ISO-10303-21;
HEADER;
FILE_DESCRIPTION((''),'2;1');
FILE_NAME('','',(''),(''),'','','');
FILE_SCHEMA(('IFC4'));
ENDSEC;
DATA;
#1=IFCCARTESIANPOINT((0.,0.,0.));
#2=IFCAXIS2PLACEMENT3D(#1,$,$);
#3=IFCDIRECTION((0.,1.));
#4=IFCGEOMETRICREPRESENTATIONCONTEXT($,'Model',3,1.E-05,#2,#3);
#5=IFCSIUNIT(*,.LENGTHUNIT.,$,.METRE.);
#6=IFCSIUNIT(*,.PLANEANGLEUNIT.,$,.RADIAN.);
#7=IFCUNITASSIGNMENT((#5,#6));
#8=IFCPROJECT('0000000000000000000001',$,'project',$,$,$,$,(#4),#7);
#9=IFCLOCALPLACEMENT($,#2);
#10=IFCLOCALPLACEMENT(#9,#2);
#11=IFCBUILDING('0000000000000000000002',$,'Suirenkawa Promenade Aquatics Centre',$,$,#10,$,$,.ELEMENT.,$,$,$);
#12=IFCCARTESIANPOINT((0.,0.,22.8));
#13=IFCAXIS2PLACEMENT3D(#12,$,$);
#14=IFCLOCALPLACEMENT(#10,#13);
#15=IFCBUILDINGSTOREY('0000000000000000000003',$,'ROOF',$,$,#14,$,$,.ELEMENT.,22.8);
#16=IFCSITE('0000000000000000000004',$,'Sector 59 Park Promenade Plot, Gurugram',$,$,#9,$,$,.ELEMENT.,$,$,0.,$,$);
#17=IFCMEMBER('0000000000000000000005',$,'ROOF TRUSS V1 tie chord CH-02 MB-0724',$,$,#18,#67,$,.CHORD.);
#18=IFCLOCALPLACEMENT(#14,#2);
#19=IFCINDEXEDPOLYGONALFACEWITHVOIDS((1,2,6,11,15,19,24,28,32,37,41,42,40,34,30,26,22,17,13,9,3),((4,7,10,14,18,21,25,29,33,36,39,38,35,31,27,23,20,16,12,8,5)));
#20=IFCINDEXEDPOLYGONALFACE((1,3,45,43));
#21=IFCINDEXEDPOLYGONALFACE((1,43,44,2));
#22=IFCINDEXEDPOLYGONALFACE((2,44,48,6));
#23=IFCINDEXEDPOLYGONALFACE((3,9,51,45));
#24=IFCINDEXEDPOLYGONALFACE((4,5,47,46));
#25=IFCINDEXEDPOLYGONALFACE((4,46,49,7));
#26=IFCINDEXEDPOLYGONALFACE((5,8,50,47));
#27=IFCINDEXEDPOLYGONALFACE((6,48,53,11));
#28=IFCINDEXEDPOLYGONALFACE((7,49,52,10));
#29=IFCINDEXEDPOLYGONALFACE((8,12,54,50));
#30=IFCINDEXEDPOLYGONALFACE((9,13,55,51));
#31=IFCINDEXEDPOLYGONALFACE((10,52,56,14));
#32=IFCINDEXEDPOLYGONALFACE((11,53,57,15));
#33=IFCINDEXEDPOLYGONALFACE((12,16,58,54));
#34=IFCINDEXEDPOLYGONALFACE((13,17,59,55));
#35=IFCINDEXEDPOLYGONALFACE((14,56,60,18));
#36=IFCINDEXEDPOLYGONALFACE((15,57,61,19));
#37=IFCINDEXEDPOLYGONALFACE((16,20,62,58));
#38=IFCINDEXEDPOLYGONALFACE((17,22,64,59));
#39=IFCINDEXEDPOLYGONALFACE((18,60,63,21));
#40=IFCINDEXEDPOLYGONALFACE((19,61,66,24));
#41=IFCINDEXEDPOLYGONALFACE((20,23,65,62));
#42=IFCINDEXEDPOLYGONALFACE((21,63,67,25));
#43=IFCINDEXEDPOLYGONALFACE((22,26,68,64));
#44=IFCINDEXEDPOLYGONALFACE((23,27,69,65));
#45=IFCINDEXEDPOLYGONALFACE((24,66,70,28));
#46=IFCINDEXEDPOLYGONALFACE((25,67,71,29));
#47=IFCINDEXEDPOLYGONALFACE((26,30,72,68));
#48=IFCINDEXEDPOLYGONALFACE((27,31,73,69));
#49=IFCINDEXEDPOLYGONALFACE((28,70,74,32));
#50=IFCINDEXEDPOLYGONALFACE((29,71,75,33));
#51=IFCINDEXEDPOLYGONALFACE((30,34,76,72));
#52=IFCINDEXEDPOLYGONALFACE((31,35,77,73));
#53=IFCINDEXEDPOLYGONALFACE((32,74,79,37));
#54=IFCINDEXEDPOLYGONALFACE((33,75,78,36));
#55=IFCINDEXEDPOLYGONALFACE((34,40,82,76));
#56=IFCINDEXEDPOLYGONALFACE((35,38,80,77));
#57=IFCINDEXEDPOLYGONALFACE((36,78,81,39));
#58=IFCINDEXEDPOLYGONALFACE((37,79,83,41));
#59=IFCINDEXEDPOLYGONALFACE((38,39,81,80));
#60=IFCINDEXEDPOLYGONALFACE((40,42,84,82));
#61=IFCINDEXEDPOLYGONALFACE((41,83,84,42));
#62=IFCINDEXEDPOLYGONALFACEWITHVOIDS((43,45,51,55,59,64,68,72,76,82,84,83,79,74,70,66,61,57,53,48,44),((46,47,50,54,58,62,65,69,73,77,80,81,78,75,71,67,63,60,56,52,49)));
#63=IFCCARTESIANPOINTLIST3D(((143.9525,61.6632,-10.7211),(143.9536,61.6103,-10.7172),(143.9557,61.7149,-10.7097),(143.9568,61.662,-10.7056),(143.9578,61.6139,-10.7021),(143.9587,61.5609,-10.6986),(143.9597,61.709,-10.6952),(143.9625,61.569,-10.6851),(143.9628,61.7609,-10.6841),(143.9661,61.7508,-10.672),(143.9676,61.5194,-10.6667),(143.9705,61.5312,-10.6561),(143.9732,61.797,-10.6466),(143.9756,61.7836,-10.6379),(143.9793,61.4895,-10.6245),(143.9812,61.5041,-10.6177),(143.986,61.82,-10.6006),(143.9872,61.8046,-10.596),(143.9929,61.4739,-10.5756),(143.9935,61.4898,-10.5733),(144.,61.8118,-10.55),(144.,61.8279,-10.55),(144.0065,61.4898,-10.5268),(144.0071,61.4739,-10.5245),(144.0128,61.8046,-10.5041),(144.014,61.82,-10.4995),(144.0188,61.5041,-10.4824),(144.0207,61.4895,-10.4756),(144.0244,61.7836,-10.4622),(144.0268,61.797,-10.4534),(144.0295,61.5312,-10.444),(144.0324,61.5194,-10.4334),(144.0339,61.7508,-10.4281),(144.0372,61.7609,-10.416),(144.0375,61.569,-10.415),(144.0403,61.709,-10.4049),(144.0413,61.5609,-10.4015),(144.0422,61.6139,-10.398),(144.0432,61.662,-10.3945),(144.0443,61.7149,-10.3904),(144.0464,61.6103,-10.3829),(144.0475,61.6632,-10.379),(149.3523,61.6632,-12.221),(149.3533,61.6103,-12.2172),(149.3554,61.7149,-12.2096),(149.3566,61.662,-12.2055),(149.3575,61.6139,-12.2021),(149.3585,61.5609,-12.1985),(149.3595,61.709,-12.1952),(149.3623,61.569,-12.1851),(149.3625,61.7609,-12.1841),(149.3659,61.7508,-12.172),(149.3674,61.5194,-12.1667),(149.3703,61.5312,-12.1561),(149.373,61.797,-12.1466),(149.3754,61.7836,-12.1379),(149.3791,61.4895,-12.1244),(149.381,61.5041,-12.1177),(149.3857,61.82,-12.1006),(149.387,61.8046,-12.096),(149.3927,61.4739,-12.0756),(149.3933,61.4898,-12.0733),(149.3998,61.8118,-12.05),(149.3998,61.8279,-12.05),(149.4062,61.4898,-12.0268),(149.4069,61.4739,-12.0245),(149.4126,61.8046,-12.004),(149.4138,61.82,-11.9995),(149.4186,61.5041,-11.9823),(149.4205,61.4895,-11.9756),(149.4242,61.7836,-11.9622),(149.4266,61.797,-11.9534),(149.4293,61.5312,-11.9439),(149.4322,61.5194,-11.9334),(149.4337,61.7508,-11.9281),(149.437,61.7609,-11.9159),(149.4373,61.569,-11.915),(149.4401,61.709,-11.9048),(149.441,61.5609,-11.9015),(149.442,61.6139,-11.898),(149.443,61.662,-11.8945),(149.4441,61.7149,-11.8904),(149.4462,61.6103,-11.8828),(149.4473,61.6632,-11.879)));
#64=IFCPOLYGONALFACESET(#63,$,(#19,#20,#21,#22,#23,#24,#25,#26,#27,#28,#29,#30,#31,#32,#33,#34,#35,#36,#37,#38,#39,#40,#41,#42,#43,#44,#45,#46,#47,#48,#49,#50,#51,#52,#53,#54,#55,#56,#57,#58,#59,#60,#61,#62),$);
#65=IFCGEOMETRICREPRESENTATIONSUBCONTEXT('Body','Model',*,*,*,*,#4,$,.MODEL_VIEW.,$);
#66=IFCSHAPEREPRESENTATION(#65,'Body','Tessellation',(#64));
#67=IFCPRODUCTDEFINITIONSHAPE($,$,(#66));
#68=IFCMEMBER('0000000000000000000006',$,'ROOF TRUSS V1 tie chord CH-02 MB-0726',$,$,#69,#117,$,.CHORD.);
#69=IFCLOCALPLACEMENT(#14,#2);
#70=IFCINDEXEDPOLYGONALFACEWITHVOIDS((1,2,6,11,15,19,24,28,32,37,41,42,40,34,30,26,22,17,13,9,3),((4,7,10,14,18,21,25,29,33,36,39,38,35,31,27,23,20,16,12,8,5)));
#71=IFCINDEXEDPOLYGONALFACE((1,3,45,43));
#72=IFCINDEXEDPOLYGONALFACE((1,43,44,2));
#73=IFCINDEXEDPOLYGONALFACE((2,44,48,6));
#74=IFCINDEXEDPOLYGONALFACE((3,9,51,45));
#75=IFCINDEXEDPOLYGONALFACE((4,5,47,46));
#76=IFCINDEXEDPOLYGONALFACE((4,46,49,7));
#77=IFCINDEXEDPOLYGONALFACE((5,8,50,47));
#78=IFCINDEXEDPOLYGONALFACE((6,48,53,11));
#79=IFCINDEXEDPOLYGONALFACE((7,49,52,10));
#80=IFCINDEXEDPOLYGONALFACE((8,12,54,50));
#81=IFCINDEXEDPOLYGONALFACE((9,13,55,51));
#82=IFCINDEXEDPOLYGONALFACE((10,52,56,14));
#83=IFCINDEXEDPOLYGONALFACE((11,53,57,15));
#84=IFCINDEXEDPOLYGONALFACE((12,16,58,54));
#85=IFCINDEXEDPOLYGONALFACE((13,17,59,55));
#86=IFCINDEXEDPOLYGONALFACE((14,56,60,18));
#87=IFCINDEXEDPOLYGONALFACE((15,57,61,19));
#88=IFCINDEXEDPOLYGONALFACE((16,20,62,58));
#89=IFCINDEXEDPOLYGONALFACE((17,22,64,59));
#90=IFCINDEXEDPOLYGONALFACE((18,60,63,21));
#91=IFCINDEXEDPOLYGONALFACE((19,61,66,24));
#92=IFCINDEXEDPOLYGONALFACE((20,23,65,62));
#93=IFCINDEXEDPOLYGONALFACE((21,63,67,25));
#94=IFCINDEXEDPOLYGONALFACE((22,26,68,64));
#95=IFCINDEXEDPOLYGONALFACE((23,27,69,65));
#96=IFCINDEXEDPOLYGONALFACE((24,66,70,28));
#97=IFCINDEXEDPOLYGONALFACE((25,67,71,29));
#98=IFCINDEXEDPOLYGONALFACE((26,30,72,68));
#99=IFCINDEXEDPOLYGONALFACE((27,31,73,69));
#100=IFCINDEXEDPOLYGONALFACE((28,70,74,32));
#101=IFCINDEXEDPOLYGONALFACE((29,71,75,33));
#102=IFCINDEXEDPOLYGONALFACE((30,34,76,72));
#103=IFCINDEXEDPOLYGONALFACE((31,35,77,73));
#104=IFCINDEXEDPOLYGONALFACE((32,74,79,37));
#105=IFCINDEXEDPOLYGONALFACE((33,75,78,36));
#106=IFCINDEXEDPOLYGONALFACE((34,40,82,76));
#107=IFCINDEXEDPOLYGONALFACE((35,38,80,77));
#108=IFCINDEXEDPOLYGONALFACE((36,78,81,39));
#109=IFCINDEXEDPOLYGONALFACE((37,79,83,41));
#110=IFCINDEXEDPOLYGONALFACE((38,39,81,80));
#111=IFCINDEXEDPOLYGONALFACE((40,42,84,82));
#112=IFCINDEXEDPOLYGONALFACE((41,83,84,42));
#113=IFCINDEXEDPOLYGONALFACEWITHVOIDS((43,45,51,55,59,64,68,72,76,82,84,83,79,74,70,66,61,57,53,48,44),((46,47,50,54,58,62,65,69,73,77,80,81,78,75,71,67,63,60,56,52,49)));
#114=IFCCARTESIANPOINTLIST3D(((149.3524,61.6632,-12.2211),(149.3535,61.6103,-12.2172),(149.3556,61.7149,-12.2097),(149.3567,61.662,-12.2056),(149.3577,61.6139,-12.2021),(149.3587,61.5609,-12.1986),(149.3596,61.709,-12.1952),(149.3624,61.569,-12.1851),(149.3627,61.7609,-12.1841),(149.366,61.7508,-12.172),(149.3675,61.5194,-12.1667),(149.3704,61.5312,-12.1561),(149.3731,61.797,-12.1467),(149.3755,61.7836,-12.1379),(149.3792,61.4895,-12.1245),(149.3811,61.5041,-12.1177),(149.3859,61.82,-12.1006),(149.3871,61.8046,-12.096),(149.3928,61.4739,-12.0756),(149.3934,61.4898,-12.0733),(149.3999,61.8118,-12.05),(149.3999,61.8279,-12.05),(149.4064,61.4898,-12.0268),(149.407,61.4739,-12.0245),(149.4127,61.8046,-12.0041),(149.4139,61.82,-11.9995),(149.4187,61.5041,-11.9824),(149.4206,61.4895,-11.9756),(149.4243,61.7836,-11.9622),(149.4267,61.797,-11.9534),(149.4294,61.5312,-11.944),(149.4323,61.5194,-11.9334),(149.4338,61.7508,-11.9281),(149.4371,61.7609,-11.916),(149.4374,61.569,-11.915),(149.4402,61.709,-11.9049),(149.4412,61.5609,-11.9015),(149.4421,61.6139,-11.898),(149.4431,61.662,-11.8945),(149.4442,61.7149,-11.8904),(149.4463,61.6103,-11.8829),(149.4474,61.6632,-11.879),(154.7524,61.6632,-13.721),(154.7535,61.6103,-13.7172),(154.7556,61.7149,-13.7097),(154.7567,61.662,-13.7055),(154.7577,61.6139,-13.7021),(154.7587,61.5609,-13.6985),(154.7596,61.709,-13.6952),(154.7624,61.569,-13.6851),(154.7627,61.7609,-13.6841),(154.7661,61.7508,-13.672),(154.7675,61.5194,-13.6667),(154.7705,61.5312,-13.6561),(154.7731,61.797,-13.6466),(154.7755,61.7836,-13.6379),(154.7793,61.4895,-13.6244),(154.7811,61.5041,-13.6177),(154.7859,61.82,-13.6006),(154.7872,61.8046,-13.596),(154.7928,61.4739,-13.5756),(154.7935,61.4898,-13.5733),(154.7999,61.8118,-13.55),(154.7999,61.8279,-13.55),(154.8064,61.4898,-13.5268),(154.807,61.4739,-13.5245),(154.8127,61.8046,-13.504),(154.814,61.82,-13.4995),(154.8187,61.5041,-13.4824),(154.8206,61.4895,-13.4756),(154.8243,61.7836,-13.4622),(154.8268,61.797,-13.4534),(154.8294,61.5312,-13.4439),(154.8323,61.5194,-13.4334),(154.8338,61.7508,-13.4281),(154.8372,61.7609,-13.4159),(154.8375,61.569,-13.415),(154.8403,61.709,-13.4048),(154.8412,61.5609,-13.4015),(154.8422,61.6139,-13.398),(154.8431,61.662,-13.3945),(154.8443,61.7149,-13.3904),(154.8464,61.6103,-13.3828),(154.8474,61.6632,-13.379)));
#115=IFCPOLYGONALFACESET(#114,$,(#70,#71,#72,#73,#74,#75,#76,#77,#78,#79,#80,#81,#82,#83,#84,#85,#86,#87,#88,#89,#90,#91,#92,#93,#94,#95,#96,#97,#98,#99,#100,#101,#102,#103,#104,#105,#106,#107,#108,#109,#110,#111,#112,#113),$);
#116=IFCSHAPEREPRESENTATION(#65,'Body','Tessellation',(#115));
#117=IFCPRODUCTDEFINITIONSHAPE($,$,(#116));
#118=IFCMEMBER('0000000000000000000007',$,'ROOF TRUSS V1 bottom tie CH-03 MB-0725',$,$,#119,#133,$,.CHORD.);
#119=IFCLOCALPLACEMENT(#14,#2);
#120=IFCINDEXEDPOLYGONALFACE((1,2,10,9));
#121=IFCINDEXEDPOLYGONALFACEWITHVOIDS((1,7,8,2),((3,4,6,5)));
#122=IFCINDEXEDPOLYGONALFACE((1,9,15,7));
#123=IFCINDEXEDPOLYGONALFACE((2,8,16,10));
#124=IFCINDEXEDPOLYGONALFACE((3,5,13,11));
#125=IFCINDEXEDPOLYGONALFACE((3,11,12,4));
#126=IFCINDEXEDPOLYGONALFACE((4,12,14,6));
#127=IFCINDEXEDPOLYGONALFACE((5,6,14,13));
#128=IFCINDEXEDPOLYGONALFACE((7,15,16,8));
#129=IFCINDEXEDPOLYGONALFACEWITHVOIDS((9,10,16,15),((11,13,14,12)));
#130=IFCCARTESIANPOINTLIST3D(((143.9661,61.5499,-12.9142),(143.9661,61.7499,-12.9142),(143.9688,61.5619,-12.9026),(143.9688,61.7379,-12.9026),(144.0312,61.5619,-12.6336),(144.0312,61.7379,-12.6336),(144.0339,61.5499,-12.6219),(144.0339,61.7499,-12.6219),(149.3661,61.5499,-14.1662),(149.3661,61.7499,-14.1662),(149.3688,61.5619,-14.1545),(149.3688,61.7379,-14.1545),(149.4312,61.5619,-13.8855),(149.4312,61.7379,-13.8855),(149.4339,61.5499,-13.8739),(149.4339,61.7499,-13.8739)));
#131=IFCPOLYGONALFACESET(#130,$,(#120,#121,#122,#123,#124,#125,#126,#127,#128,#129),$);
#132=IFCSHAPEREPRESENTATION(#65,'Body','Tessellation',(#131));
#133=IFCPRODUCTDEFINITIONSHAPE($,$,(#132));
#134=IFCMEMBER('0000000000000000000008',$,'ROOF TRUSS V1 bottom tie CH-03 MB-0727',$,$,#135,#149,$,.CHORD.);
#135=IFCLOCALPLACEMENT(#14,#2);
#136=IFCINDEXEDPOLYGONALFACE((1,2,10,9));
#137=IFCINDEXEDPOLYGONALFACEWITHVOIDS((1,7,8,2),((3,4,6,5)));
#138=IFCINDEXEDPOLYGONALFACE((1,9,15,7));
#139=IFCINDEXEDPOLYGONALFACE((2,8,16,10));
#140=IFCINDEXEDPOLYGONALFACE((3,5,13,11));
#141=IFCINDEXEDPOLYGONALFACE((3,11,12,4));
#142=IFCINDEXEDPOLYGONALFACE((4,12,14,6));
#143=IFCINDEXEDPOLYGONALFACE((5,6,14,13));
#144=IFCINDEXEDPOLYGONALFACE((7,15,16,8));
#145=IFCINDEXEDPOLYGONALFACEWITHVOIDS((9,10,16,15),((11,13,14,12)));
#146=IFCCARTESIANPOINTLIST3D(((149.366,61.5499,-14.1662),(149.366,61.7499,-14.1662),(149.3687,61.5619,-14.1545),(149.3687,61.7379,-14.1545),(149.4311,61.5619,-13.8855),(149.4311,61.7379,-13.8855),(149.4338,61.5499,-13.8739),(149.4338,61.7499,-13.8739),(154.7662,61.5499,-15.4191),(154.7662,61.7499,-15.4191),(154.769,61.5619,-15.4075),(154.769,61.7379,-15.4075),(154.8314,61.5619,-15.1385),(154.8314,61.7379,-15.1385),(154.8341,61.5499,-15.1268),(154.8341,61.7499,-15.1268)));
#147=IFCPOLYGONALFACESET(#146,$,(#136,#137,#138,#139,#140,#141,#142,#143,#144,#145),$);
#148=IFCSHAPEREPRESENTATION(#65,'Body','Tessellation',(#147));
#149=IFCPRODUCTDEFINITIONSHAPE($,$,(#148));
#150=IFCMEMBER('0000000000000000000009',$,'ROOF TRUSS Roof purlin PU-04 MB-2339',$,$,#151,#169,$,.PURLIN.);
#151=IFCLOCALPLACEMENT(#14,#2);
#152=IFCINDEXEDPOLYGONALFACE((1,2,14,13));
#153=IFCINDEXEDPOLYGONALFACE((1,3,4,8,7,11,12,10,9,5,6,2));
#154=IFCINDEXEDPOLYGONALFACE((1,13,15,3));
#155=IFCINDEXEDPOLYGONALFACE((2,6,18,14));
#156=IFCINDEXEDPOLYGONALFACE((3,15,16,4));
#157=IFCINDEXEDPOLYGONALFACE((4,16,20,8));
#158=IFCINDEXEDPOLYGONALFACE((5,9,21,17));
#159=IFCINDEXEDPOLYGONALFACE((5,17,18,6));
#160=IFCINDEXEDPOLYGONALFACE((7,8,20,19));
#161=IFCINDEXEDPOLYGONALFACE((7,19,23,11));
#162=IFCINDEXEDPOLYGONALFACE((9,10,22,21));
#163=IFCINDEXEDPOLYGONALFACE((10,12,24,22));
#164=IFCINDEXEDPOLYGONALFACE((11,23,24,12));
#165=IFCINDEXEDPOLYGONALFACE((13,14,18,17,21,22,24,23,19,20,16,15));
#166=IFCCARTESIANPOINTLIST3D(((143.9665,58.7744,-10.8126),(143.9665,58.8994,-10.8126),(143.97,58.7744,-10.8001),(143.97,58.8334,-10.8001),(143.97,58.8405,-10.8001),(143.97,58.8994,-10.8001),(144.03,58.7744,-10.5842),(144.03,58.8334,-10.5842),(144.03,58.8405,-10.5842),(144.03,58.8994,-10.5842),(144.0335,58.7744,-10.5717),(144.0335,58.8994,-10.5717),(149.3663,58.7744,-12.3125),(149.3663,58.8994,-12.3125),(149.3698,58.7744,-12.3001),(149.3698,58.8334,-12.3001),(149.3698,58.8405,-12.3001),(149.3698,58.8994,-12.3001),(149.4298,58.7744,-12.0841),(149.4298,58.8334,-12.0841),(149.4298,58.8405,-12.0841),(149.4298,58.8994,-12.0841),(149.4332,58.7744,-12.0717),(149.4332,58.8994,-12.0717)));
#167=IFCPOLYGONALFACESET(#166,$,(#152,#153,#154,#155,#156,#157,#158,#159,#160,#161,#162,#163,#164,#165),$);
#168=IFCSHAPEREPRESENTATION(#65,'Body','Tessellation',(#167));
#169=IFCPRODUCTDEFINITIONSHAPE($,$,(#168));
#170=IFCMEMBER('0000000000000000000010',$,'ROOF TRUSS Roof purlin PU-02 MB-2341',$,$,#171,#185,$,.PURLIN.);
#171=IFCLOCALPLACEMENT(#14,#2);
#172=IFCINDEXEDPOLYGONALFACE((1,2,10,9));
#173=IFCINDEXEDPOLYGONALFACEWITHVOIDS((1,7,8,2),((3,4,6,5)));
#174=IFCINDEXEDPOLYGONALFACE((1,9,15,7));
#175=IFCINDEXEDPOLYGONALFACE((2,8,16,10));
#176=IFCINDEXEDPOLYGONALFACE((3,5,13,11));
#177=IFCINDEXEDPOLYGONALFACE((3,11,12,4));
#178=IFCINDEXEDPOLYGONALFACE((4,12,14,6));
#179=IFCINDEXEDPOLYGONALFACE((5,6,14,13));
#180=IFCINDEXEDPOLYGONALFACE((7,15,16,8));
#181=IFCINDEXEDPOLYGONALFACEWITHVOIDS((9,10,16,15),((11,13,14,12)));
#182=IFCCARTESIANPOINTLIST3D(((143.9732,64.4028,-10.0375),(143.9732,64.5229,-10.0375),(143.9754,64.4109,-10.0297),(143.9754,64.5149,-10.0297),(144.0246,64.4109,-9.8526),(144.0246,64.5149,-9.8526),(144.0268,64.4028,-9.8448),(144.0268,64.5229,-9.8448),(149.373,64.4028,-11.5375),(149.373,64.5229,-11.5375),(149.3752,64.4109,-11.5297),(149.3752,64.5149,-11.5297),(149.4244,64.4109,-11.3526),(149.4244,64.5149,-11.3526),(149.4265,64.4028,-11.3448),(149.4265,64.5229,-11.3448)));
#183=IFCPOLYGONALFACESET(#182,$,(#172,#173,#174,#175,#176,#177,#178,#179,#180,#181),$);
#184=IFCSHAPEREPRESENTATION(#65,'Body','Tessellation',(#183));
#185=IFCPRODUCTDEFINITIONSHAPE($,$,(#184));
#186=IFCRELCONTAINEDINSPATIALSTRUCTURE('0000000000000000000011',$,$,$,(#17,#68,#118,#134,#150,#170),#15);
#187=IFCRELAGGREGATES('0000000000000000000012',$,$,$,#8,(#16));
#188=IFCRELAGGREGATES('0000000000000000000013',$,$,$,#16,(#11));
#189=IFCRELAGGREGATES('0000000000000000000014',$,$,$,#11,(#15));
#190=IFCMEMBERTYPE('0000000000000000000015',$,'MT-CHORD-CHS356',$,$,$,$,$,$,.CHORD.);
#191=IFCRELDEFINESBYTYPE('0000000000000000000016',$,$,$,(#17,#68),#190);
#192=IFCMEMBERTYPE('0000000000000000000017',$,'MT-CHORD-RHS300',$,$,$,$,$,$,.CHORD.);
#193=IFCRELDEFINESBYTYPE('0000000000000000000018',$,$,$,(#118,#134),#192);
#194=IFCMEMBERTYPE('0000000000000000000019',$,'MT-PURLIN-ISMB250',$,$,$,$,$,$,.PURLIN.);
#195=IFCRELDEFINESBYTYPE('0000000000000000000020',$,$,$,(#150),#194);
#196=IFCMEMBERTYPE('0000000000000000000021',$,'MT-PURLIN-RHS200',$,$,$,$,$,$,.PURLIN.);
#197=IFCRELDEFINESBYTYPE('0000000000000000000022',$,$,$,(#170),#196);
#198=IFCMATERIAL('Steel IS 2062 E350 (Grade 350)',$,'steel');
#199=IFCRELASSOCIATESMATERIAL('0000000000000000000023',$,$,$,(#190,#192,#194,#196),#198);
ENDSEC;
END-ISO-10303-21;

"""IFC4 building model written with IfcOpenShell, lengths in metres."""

from ifc_helpers import new_model, si_unit, direction, frame, origin, origin_2d, place, context, subcontext, project, spatial, hollow_rectangle, hollow_circle, i_section, extrude, material, material_profile, profile_set, type_object, element, save


model = new_model("IFC4")

# Units and contexts
model_context = context("Model", 3, precision=1e-05, world=origin(), true_north=direction((0.0, 1.0)))
body_context = subcontext(model_context, "Body", "Model", "MODEL_VIEW")
ifc_project = project(units=[si_unit("LENGTHUNIT", "METRE"), si_unit("PLANEANGLEUNIT", "RADIAN")], contexts=[model_context])

# Site, building, storey
site_placement = place(None, origin())
site = spatial("IfcSite", under=ifc_project, at=site_placement, Name="Sector 59 Park Promenade Plot, Gurugram", CompositionType="ELEMENT", RefElevation=0.0)
building_placement = place(site_placement, origin())
building = spatial("IfcBuilding", under=site, at=building_placement, Name="Suirenkawa Promenade Aquatics Centre", CompositionType="ELEMENT")
storey_placement = place(building_placement, frame((0.0, 0.0, 22.8)))
storey = spatial("IfcBuildingStorey", under=building, at=storey_placement, Name="ROOF", CompositionType="ELEMENT", Elevation=22.8)

# Shared definitions
ifc_material = material(Name="Steel IS 2062 E350 (Grade 350)", Category="steel")

# Members
ifc_material_profile_1 = material_profile(ifc_material, hollow_circle(Radius=0.178, WallThickness=0.0161, at=origin_2d()), Name="CHS 356x16", Category="steel")
ifc_profile_set_1 = profile_set([ifc_material_profile_1], Name="Steel IS 2062 E350 (Grade 350)")
member_type_1 = type_object("IfcMemberType", Name="MT-CHORD-CHS356", PredefinedType="CHORD", material=ifc_profile_set_1)
member_1_placement = place(storey_placement, frame((144.0, 61.6499, -10.55), z_axis=(0.963517, 0.0, -0.267648), x_axis=(0.0, 1.0, 0.0)))
element("IfcMember", 1, at=member_1_placement, inside=storey, type_object=member_type_1, Name="ROOF TRUSS V1 tie chord CH-02 MB-0724", PredefinedType="CHORD", context=body_context, shape_type="SweptSolid", body=[
    extrude(hollow_circle(Radius=0.178, WallThickness=0.0161, at=origin_2d()), origin(), (0.0, 0.0, 1.0), 5.6042),
])
member_2_placement = place(storey_placement, frame((149.3999, 61.6499, -12.05), z_axis=(0.96352, 0.0, -0.267637), x_axis=(0.0, 1.0, 0.0)))
element("IfcMember", 2, at=member_2_placement, inside=storey, type_object=member_type_1, Name="ROOF TRUSS V1 tie chord CH-02 MB-0726", PredefinedType="CHORD", context=body_context, shape_type="SweptSolid", body=[
    extrude(hollow_circle(Radius=0.178, WallThickness=0.0161, at=origin_2d()), origin(), (0.0, 0.0, 1.0), 5.6045),
])
ifc_material_profile_2 = material_profile(ifc_material, hollow_rectangle(XDim=0.2, YDim=0.3, WallThickness=0.012, at=origin_2d()), Name="RHS 300x200x12", Category="steel")
ifc_profile_set_2 = profile_set([ifc_material_profile_2], Name="Steel IS 2062 E350 (Grade 350)")
member_type_2 = type_object("IfcMemberType", Name="MT-CHORD-RHS300", PredefinedType="CHORD", material=ifc_profile_set_2)
member_3_placement = place(storey_placement, frame((144.0, 61.6499, -12.7681), z_axis=(0.974161, 0.0, -0.225857), x_axis=(0.0, 1.0, 0.0)))
element("IfcMember", 3, at=member_3_placement, inside=storey, type_object=member_type_2, Name="ROOF TRUSS V1 bottom tie CH-03 MB-0725", PredefinedType="CHORD", context=body_context, shape_type="SweptSolid", body=[
    extrude(hollow_rectangle(XDim=0.2, YDim=0.3, WallThickness=0.012, at=origin_2d()), origin(), (0.0, 0.0, 1.0), 5.5432),
])
member_4_placement = place(storey_placement, frame((149.3999, 61.6499, -14.02), z_axis=(0.974124, 0.0, -0.226014), x_axis=(0.0, 1.0, 0.0)))
element("IfcMember", 4, at=member_4_placement, inside=storey, type_object=member_type_2, Name="ROOF TRUSS V1 bottom tie CH-03 MB-0727", PredefinedType="CHORD", context=body_context, shape_type="SweptSolid", body=[
    extrude(hollow_rectangle(XDim=0.2, YDim=0.3, WallThickness=0.012, at=origin_2d()), origin(), (0.0, 0.0, 1.0), 5.5437),
])
ifc_material_profile_3 = material_profile(ifc_material, i_section(OverallWidth=0.125, OverallDepth=0.25, WebThickness=0.0071, FlangeThickness=0.0129, at=origin_2d()), Name="ISMB 250", Category="steel")
ifc_profile_set_3 = profile_set([ifc_material_profile_3], Name="Steel IS 2062 E350 (Grade 350)")
member_type_3 = type_object("IfcMemberType", Name="MT-PURLIN-ISMB250", PredefinedType="PURLIN", material=ifc_profile_set_3)
member_5_placement = place(storey_placement, frame((144.0, 58.8369, -10.6921), z_axis=(0.963517, 0.0, -0.267648), x_axis=(0.0, 1.0, 0.0)))
element("IfcMember", 5, at=member_5_placement, inside=storey, type_object=member_type_3, Name="ROOF TRUSS Roof purlin PU-04 MB-2339", PredefinedType="PURLIN", context=body_context, shape_type="SweptSolid", body=[
    extrude(i_section(OverallWidth=0.125, OverallDepth=0.25, WebThickness=0.0071, FlangeThickness=0.0129, at=origin_2d()), origin(), (0.0, 0.0, 1.0), 5.6042),
])
ifc_material_profile_4 = material_profile(ifc_material, hollow_rectangle(XDim=0.1201, YDim=0.2, WallThickness=0.0081, at=origin_2d()), Name="RHS 200x120x8", Category="steel")
ifc_profile_set_4 = profile_set([ifc_material_profile_4], Name="Steel IS 2062 E350 (Grade 350)")
member_type_4 = type_object("IfcMemberType", Name="MT-PURLIN-RHS200", PredefinedType="PURLIN", material=ifc_profile_set_4)
member_6_placement = place(storey_placement, frame((144.0, 64.4629, -9.9412), z_axis=(0.963517, 0.0, -0.267648), x_axis=(0.0, 1.0, 0.0)))
element("IfcMember", 6, at=member_6_placement, inside=storey, type_object=member_type_4, Name="ROOF TRUSS Roof purlin PU-02 MB-2341", PredefinedType="PURLIN", context=body_context, shape_type="SweptSolid", body=[
    extrude(hollow_rectangle(XDim=0.1201, YDim=0.2, WallThickness=0.0081, at=origin_2d()), origin(), (0.0, 0.0, 1.0), 5.6042),
])

save(model, "model.ifc")
